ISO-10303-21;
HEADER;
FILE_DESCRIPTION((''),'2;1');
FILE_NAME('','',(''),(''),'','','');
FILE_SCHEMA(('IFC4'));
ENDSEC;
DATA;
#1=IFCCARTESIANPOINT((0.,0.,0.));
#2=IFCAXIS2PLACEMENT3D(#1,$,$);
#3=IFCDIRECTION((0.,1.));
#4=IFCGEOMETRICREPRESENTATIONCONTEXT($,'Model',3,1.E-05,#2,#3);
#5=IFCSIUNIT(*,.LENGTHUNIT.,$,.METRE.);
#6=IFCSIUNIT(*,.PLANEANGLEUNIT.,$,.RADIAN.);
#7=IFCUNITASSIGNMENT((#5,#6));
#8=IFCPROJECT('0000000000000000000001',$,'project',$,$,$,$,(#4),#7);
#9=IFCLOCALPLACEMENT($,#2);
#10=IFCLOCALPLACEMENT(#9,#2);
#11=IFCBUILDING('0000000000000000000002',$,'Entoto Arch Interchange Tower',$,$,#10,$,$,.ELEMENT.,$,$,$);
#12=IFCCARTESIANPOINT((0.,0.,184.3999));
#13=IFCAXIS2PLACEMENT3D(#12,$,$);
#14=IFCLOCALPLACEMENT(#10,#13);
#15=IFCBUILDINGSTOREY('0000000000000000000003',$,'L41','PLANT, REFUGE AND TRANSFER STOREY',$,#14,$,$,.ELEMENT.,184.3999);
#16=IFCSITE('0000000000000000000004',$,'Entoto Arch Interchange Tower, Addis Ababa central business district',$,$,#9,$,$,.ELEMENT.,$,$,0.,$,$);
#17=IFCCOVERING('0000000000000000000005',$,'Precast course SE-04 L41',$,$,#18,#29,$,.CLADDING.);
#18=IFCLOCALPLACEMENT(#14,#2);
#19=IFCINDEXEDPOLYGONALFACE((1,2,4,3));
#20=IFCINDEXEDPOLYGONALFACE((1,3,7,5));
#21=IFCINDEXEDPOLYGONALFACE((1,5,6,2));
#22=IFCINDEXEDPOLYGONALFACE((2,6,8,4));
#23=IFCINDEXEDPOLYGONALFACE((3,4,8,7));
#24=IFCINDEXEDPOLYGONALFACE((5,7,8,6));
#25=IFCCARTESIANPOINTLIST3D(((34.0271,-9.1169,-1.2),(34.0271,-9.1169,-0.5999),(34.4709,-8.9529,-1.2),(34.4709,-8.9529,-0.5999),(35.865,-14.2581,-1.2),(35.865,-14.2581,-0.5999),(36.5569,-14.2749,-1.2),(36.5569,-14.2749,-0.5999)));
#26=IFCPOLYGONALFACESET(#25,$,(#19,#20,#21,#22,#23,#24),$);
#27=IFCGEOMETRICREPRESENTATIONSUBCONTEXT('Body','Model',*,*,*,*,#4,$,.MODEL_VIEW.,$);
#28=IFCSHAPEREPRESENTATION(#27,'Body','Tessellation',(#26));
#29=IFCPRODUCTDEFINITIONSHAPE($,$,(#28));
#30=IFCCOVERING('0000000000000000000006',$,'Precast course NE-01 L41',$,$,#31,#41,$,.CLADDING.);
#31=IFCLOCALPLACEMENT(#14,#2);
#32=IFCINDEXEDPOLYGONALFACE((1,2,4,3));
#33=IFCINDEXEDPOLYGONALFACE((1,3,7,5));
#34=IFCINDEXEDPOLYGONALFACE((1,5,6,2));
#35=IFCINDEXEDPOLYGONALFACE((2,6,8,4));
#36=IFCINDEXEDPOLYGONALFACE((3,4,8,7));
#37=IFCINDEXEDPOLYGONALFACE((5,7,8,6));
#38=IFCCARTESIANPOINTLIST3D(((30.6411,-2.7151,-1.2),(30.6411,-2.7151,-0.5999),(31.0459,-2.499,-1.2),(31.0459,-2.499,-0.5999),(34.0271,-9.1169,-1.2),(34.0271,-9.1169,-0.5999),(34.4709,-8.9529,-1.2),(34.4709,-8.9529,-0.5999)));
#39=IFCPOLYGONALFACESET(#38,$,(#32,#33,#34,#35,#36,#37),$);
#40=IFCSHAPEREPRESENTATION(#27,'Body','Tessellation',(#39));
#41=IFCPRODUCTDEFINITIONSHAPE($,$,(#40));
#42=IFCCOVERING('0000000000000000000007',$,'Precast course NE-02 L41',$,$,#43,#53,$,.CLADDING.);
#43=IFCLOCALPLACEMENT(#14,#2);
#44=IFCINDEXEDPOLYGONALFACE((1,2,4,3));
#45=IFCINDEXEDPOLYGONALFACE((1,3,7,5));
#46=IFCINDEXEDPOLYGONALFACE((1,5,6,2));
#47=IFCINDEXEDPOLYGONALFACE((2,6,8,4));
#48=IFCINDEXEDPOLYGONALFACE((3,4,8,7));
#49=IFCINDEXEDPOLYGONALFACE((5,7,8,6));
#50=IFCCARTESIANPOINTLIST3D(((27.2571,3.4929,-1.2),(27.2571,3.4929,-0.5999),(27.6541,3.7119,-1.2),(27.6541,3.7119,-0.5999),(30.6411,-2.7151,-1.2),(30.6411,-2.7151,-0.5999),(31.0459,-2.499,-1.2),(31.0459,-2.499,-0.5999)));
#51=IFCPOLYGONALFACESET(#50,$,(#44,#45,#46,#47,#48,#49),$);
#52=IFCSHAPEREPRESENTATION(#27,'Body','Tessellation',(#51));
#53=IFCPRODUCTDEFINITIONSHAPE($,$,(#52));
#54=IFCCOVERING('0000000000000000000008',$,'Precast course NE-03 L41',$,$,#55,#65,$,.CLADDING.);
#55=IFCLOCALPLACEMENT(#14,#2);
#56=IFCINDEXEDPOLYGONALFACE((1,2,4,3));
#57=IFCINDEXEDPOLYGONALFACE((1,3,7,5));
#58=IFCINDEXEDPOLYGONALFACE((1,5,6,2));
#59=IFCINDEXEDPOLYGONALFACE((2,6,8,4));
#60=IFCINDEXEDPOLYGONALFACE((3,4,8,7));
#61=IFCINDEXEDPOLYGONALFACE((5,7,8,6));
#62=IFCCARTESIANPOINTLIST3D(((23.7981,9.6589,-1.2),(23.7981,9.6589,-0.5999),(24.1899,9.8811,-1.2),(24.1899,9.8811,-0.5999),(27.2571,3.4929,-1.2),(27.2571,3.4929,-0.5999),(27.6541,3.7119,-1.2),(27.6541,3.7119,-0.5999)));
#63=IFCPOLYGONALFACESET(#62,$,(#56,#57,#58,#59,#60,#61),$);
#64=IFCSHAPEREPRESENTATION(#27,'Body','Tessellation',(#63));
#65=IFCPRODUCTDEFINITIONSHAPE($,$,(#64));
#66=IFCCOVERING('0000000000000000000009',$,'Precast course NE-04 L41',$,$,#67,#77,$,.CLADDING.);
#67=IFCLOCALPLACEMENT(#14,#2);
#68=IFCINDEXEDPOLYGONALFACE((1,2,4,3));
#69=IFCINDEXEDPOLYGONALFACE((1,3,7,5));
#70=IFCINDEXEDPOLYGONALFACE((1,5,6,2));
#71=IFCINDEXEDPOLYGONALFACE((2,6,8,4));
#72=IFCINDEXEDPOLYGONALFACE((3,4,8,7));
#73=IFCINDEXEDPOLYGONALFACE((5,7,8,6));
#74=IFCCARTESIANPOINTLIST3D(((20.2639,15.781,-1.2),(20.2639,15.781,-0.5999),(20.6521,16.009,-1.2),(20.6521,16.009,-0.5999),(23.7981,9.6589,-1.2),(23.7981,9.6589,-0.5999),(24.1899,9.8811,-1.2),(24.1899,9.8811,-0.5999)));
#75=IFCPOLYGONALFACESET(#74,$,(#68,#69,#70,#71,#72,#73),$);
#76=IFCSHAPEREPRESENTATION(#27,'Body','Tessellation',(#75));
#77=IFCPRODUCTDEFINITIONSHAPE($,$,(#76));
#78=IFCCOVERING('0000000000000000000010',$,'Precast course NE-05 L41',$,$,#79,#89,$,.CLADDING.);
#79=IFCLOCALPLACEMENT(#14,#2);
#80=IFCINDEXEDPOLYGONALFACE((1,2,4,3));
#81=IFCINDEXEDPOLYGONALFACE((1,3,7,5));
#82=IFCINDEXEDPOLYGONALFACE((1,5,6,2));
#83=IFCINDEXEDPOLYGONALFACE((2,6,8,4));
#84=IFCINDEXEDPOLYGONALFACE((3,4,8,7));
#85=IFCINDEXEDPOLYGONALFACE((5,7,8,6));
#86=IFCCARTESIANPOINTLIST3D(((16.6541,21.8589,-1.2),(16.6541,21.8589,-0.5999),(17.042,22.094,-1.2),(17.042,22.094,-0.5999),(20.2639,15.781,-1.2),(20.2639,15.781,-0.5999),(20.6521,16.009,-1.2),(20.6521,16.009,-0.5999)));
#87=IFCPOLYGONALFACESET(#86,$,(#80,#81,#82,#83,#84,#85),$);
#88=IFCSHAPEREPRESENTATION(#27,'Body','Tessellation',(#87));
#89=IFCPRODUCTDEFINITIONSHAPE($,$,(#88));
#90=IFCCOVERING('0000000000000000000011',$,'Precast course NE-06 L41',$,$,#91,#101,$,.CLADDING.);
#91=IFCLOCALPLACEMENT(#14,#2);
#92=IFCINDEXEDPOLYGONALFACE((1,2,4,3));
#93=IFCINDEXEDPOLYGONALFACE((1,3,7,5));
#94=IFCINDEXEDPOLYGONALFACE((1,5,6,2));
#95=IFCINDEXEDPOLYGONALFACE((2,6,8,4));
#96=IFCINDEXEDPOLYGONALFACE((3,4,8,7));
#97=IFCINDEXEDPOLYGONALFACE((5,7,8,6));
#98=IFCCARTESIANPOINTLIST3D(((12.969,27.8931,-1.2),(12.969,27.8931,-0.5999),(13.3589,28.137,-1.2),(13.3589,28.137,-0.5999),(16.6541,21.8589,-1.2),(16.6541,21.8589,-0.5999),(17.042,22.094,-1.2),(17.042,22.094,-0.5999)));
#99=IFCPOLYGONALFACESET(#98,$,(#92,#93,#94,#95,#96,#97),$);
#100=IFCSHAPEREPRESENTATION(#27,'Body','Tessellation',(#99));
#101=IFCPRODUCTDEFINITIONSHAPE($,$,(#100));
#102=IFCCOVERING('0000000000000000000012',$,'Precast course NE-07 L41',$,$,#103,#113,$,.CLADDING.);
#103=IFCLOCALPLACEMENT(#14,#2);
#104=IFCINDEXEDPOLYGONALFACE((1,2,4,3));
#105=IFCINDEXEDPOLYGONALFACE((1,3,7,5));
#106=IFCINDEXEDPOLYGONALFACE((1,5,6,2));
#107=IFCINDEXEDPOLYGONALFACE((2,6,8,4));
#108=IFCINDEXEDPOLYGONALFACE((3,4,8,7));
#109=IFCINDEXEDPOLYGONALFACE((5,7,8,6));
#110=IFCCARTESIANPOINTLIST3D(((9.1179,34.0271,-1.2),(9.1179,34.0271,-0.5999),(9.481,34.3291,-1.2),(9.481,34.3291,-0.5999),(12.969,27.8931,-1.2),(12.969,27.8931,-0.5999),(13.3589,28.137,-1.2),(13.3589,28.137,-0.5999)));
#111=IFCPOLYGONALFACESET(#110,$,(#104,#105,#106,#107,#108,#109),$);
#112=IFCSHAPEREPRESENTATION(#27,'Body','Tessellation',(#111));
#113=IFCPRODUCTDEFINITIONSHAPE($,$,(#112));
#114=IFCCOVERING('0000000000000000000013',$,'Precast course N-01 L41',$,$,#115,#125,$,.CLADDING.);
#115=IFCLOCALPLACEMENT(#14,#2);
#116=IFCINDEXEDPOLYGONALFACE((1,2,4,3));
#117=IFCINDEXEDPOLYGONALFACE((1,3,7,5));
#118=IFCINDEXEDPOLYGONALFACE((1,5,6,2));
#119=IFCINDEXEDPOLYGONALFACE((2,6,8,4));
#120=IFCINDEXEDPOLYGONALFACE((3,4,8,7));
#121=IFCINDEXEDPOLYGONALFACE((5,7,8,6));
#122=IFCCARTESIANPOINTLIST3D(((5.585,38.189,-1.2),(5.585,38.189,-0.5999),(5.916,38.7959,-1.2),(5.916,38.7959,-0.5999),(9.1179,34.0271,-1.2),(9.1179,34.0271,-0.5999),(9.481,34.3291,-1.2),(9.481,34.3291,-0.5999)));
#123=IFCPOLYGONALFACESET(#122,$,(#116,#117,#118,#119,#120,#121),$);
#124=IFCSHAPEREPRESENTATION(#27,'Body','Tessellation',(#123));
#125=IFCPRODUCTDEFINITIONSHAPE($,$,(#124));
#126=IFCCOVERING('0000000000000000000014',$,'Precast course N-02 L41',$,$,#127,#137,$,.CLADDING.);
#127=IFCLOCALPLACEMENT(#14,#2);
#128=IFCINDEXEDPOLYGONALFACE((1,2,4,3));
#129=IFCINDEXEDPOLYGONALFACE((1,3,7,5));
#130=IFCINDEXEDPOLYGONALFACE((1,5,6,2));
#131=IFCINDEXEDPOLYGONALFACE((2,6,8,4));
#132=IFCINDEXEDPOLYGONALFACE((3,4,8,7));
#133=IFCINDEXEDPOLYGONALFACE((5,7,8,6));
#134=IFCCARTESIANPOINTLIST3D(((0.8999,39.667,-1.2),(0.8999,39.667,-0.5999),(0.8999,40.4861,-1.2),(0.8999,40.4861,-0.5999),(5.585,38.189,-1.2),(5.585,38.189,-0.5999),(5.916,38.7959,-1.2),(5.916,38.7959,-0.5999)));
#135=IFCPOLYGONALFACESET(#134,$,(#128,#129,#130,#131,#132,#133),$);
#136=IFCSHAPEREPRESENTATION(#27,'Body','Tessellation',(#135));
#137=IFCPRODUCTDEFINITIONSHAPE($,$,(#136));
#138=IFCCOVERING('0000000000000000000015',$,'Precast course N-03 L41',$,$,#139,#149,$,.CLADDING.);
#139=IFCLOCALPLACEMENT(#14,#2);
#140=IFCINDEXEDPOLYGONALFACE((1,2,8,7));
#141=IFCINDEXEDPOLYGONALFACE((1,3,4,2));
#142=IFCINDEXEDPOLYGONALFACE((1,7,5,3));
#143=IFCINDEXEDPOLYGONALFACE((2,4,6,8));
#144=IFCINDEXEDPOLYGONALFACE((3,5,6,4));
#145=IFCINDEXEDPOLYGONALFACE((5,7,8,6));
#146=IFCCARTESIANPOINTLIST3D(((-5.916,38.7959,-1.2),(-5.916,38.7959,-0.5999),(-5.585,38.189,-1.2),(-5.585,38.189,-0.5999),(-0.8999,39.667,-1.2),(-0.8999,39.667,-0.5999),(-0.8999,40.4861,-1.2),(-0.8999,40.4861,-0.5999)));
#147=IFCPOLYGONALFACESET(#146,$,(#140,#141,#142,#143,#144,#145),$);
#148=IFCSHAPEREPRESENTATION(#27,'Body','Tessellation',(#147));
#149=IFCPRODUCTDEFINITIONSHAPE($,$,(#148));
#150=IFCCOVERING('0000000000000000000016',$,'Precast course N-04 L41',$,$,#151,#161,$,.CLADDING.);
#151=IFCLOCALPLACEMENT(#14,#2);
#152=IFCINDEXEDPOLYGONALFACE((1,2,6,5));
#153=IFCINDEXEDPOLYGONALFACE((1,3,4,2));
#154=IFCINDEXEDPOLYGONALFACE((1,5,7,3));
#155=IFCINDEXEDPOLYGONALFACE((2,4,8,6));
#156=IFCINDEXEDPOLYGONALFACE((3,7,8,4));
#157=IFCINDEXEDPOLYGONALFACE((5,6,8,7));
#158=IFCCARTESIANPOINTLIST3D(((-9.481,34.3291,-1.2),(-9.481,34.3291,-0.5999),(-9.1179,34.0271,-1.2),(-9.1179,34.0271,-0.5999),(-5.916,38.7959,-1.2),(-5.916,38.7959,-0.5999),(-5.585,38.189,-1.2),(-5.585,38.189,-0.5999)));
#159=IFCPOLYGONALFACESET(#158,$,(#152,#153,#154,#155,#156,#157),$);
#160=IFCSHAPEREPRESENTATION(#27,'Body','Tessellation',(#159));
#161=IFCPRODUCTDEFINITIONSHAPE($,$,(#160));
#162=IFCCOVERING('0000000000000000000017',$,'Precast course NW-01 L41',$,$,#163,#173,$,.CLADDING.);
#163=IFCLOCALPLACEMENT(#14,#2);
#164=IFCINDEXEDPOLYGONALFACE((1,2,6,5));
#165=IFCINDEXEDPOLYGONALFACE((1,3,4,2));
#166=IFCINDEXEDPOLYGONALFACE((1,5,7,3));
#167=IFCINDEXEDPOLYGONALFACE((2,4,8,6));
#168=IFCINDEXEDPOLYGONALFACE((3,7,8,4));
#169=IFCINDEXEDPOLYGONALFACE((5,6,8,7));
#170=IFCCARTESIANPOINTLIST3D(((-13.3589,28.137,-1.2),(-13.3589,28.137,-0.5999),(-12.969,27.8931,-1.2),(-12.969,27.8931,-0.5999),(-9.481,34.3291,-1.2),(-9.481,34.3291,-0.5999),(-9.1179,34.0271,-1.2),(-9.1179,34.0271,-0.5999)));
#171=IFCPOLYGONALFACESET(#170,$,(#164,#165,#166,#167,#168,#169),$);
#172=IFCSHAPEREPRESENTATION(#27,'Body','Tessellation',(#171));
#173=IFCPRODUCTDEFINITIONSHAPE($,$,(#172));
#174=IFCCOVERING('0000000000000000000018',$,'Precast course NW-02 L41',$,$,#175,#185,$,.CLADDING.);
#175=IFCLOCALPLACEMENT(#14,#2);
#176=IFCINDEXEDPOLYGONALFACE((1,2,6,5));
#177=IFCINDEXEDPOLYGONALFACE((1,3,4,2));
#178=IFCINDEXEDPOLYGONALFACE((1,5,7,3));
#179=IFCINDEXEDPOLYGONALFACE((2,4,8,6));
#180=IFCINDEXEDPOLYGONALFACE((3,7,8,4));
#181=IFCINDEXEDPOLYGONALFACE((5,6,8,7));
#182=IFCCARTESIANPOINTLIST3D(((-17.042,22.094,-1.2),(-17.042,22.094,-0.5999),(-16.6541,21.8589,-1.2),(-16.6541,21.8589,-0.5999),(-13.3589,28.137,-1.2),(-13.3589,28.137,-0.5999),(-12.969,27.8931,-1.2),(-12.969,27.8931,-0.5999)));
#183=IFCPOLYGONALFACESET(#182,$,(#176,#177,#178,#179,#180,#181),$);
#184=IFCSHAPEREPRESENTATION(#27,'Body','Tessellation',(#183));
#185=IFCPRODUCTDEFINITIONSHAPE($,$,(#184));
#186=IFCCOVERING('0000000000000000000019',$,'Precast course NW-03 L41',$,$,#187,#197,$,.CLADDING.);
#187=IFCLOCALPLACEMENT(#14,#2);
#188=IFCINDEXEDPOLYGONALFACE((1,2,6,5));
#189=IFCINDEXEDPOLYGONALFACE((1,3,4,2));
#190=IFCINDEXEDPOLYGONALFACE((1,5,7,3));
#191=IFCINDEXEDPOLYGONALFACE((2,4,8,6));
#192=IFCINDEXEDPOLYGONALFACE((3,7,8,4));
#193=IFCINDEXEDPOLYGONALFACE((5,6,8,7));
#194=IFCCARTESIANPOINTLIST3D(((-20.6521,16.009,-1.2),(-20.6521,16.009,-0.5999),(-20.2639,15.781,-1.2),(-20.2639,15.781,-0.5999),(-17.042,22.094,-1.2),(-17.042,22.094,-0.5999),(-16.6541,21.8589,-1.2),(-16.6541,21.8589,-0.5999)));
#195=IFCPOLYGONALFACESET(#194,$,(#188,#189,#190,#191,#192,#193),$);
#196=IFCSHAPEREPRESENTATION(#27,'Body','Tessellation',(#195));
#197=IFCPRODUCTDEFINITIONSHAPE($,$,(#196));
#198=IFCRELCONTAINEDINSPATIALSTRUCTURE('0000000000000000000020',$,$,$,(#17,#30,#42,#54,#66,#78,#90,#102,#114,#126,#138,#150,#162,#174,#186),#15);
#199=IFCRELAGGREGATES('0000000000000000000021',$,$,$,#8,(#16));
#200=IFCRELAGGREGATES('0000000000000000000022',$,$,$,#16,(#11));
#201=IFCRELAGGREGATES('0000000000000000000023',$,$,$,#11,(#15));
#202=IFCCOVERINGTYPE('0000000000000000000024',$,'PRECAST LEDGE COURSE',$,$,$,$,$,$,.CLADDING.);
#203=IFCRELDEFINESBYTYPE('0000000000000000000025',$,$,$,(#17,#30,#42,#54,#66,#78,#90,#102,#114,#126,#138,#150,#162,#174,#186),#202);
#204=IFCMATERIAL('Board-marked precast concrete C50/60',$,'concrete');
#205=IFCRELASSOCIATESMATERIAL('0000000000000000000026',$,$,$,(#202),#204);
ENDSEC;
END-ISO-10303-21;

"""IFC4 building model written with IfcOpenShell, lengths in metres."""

from ifc_helpers import new_model, si_unit, direction, frame, origin, place, context, subcontext, project, spatial, polyline, outline, extrude, material, type_object, element, save


model = new_model("IFC4")

# Units and contexts
model_context = context("Model", 3, precision=1e-05, world=origin(), true_north=direction((0.0, 1.0)))
body_context = subcontext(model_context, "Body", "Model", "MODEL_VIEW")
ifc_project = project(units=[si_unit("LENGTHUNIT", "METRE"), si_unit("PLANEANGLEUNIT", "RADIAN")], contexts=[model_context])

# Site, building, storey
site_placement = place(None, origin())
site = spatial("IfcSite", under=ifc_project, at=site_placement, Name="Entoto Arch Interchange Tower, Addis Ababa central business district", CompositionType="ELEMENT", RefElevation=0.0)
building_placement = place(site_placement, origin())
building = spatial("IfcBuilding", under=site, at=building_placement, Name="Entoto Arch Interchange Tower", CompositionType="ELEMENT")
storey_placement = place(building_placement, frame((0.0, 0.0, 184.3999)))
storey = spatial("IfcBuildingStorey", under=building, at=storey_placement, Name="L41", Description="PLANT, REFUGE AND TRANSFER STOREY", CompositionType="ELEMENT", Elevation=184.3999)

# Coverings
ifc_material_1 = material(Name="Board-marked precast concrete C50/60", Category="concrete")
covering_type = type_object("IfcCoveringType", Name="PRECAST LEDGE COURSE", PredefinedType="CLADDING", material=ifc_material_1)
covering_1_placement = place(storey_placement, frame((0.0, 0.0, -1.2)))
element("IfcCovering", 1, at=covering_1_placement, inside=storey, type_object=covering_type, Name="Precast course SE-04 L41", PredefinedType="CLADDING", context=body_context, shape_type="SweptSolid", body=[
    extrude(outline(polyline([(34.0271, -9.1169), (34.4709, -8.9529), (36.5569, -14.2749), (35.865, -14.2581), (34.0271, -9.1169)])), origin(), (0.0, 0.0, 1.0), 0.6001),
])
covering_2_placement = place(storey_placement, frame((0.0, 0.0, -1.2)))
element("IfcCovering", 2, at=covering_2_placement, inside=storey, type_object=covering_type, Name="Precast course NE-01 L41", PredefinedType="CLADDING", context=body_context, shape_type="SweptSolid", body=[
    extrude(outline(polyline([(30.6411, -2.7151), (31.0459, -2.499), (34.4709, -8.9529), (34.0271, -9.1169), (30.6411, -2.7151)])), origin(), (0.0, 0.0, 1.0), 0.6001),
])
covering_3_placement = place(storey_placement, frame((0.0, 0.0, -1.2)))
element("IfcCovering", 3, at=covering_3_placement, inside=storey, type_object=covering_type, Name="Precast course NE-02 L41", PredefinedType="CLADDING", context=body_context, shape_type="SweptSolid", body=[
    extrude(outline(polyline([(27.2571, 3.4929), (27.6541, 3.7119), (31.0459, -2.499), (30.6411, -2.7151), (27.2571, 3.4929)])), origin(), (0.0, 0.0, 1.0), 0.6001),
])
covering_4_placement = place(storey_placement, frame((0.0, 0.0, -1.2)))
element("IfcCovering", 4, at=covering_4_placement, inside=storey, type_object=covering_type, Name="Precast course NE-03 L41", PredefinedType="CLADDING", context=body_context, shape_type="SweptSolid", body=[
    extrude(outline(polyline([(23.7981, 9.6589), (24.1899, 9.8811), (27.6541, 3.7119), (27.2571, 3.4929), (23.7981, 9.6589)])), origin(), (0.0, 0.0, 1.0), 0.6001),
])
covering_5_placement = place(storey_placement, frame((0.0, 0.0, -1.2)))
element("IfcCovering", 5, at=covering_5_placement, inside=storey, type_object=covering_type, Name="Precast course NE-04 L41", PredefinedType="CLADDING", context=body_context, shape_type="SweptSolid", body=[
    extrude(outline(polyline([(20.2639, 15.781), (20.6521, 16.009), (24.1899, 9.8811), (23.7981, 9.6589), (20.2639, 15.781)])), origin(), (0.0, 0.0, 1.0), 0.6001),
])
covering_6_placement = place(storey_placement, frame((0.0, 0.0, -1.2)))
element("IfcCovering", 6, at=covering_6_placement, inside=storey, type_object=covering_type, Name="Precast course NE-05 L41", PredefinedType="CLADDING", context=body_context, shape_type="SweptSolid", body=[
    extrude(outline(polyline([(16.6541, 21.8589), (17.042, 22.094), (20.6521, 16.009), (20.2639, 15.781), (16.6541, 21.8589)])), origin(), (0.0, 0.0, 1.0), 0.6001),
])
covering_7_placement = place(storey_placement, frame((0.0, 0.0, -1.2)))
element("IfcCovering", 7, at=covering_7_placement, inside=storey, type_object=covering_type, Name="Precast course NE-06 L41", PredefinedType="CLADDING", context=body_context, shape_type="SweptSolid", body=[
    extrude(outline(polyline([(12.969, 27.8931), (13.3589, 28.137), (17.042, 22.094), (16.6541, 21.8589), (12.969, 27.8931)])), origin(), (0.0, 0.0, 1.0), 0.6001),
])
covering_8_placement = place(storey_placement, frame((0.0, 0.0, -1.2)))
element("IfcCovering", 8, at=covering_8_placement, inside=storey, type_object=covering_type, Name="Precast course NE-07 L41", PredefinedType="CLADDING", context=body_context, shape_type="SweptSolid", body=[
    extrude(outline(polyline([(9.1179, 34.0271), (9.481, 34.3291), (13.3589, 28.137), (12.969, 27.8931), (9.1179, 34.0271)])), origin(), (0.0, 0.0, 1.0), 0.6001),
])
covering_9_placement = place(storey_placement, frame((0.0, 0.0, -1.2)))
element("IfcCovering", 9, at=covering_9_placement, inside=storey, type_object=covering_type, Name="Precast course N-01 L41", PredefinedType="CLADDING", context=body_context, shape_type="SweptSolid", body=[
    extrude(outline(polyline([(5.585, 38.189), (5.916, 38.7959), (9.481, 34.3291), (9.1179, 34.0271), (5.585, 38.189)])), origin(), (0.0, 0.0, 1.0), 0.6001),
])
covering_10_placement = place(storey_placement, frame((0.0, 0.0, -1.2)))
element("IfcCovering", 10, at=covering_10_placement, inside=storey, type_object=covering_type, Name="Precast course N-02 L41", PredefinedType="CLADDING", context=body_context, shape_type="SweptSolid", body=[
    extrude(outline(polyline([(0.8999, 39.667), (0.8999, 40.4861), (5.916, 38.7959), (5.585, 38.189), (0.8999, 39.667)])), origin(), (0.0, 0.0, 1.0), 0.6001),
])
covering_11_placement = place(storey_placement, frame((0.0, 0.0, -1.2)))
element("IfcCovering", 11, at=covering_11_placement, inside=storey, type_object=covering_type, Name="Precast course N-03 L41", PredefinedType="CLADDING", context=body_context, shape_type="SweptSolid", body=[
    extrude(outline(polyline([(-5.585, 38.189), (-5.916, 38.7959), (-0.8999, 40.4861), (-0.8999, 39.667), (-5.585, 38.189)])), origin(), (0.0, 0.0, 1.0), 0.6001),
])
covering_12_placement = place(storey_placement, frame((0.0, 0.0, -1.2)))
element("IfcCovering", 12, at=covering_12_placement, inside=storey, type_object=covering_type, Name="Precast course N-04 L41", PredefinedType="CLADDING", context=body_context, shape_type="SweptSolid", body=[
    extrude(outline(polyline([(-9.1179, 34.0271), (-9.481, 34.3291), (-5.916, 38.7959), (-5.585, 38.189), (-9.1179, 34.0271)])), origin(), (0.0, 0.0, 1.0), 0.6001),
])
covering_13_placement = place(storey_placement, frame((0.0, 0.0, -1.2)))
element("IfcCovering", 13, at=covering_13_placement, inside=storey, type_object=covering_type, Name="Precast course NW-01 L41", PredefinedType="CLADDING", context=body_context, shape_type="SweptSolid", body=[
    extrude(outline(polyline([(-12.969, 27.8931), (-13.3589, 28.137), (-9.481, 34.3291), (-9.1179, 34.0271), (-12.969, 27.8931)])), origin(), (0.0, 0.0, 1.0), 0.6001),
])
covering_14_placement = place(storey_placement, frame((0.0, 0.0, -1.2)))
element("IfcCovering", 14, at=covering_14_placement, inside=storey, type_object=covering_type, Name="Precast course NW-02 L41", PredefinedType="CLADDING", context=body_context, shape_type="SweptSolid", body=[
    extrude(outline(polyline([(-16.6541, 21.8589), (-17.042, 22.094), (-13.3589, 28.137), (-12.969, 27.8931), (-16.6541, 21.8589)])), origin(), (0.0, 0.0, 1.0), 0.6001),
])
covering_15_placement = place(storey_placement, frame((0.0, 0.0, -1.2)))
element("IfcCovering", 15, at=covering_15_placement, inside=storey, type_object=covering_type, Name="Precast course NW-03 L41", PredefinedType="CLADDING", context=body_context, shape_type="SweptSolid", body=[
    extrude(outline(polyline([(-20.2639, 15.781), (-20.6521, 16.009), (-17.042, 22.094), (-16.6541, 21.8589), (-20.2639, 15.781)])), origin(), (0.0, 0.0, 1.0), 0.6001),
])

save(model, "model.ifc")
